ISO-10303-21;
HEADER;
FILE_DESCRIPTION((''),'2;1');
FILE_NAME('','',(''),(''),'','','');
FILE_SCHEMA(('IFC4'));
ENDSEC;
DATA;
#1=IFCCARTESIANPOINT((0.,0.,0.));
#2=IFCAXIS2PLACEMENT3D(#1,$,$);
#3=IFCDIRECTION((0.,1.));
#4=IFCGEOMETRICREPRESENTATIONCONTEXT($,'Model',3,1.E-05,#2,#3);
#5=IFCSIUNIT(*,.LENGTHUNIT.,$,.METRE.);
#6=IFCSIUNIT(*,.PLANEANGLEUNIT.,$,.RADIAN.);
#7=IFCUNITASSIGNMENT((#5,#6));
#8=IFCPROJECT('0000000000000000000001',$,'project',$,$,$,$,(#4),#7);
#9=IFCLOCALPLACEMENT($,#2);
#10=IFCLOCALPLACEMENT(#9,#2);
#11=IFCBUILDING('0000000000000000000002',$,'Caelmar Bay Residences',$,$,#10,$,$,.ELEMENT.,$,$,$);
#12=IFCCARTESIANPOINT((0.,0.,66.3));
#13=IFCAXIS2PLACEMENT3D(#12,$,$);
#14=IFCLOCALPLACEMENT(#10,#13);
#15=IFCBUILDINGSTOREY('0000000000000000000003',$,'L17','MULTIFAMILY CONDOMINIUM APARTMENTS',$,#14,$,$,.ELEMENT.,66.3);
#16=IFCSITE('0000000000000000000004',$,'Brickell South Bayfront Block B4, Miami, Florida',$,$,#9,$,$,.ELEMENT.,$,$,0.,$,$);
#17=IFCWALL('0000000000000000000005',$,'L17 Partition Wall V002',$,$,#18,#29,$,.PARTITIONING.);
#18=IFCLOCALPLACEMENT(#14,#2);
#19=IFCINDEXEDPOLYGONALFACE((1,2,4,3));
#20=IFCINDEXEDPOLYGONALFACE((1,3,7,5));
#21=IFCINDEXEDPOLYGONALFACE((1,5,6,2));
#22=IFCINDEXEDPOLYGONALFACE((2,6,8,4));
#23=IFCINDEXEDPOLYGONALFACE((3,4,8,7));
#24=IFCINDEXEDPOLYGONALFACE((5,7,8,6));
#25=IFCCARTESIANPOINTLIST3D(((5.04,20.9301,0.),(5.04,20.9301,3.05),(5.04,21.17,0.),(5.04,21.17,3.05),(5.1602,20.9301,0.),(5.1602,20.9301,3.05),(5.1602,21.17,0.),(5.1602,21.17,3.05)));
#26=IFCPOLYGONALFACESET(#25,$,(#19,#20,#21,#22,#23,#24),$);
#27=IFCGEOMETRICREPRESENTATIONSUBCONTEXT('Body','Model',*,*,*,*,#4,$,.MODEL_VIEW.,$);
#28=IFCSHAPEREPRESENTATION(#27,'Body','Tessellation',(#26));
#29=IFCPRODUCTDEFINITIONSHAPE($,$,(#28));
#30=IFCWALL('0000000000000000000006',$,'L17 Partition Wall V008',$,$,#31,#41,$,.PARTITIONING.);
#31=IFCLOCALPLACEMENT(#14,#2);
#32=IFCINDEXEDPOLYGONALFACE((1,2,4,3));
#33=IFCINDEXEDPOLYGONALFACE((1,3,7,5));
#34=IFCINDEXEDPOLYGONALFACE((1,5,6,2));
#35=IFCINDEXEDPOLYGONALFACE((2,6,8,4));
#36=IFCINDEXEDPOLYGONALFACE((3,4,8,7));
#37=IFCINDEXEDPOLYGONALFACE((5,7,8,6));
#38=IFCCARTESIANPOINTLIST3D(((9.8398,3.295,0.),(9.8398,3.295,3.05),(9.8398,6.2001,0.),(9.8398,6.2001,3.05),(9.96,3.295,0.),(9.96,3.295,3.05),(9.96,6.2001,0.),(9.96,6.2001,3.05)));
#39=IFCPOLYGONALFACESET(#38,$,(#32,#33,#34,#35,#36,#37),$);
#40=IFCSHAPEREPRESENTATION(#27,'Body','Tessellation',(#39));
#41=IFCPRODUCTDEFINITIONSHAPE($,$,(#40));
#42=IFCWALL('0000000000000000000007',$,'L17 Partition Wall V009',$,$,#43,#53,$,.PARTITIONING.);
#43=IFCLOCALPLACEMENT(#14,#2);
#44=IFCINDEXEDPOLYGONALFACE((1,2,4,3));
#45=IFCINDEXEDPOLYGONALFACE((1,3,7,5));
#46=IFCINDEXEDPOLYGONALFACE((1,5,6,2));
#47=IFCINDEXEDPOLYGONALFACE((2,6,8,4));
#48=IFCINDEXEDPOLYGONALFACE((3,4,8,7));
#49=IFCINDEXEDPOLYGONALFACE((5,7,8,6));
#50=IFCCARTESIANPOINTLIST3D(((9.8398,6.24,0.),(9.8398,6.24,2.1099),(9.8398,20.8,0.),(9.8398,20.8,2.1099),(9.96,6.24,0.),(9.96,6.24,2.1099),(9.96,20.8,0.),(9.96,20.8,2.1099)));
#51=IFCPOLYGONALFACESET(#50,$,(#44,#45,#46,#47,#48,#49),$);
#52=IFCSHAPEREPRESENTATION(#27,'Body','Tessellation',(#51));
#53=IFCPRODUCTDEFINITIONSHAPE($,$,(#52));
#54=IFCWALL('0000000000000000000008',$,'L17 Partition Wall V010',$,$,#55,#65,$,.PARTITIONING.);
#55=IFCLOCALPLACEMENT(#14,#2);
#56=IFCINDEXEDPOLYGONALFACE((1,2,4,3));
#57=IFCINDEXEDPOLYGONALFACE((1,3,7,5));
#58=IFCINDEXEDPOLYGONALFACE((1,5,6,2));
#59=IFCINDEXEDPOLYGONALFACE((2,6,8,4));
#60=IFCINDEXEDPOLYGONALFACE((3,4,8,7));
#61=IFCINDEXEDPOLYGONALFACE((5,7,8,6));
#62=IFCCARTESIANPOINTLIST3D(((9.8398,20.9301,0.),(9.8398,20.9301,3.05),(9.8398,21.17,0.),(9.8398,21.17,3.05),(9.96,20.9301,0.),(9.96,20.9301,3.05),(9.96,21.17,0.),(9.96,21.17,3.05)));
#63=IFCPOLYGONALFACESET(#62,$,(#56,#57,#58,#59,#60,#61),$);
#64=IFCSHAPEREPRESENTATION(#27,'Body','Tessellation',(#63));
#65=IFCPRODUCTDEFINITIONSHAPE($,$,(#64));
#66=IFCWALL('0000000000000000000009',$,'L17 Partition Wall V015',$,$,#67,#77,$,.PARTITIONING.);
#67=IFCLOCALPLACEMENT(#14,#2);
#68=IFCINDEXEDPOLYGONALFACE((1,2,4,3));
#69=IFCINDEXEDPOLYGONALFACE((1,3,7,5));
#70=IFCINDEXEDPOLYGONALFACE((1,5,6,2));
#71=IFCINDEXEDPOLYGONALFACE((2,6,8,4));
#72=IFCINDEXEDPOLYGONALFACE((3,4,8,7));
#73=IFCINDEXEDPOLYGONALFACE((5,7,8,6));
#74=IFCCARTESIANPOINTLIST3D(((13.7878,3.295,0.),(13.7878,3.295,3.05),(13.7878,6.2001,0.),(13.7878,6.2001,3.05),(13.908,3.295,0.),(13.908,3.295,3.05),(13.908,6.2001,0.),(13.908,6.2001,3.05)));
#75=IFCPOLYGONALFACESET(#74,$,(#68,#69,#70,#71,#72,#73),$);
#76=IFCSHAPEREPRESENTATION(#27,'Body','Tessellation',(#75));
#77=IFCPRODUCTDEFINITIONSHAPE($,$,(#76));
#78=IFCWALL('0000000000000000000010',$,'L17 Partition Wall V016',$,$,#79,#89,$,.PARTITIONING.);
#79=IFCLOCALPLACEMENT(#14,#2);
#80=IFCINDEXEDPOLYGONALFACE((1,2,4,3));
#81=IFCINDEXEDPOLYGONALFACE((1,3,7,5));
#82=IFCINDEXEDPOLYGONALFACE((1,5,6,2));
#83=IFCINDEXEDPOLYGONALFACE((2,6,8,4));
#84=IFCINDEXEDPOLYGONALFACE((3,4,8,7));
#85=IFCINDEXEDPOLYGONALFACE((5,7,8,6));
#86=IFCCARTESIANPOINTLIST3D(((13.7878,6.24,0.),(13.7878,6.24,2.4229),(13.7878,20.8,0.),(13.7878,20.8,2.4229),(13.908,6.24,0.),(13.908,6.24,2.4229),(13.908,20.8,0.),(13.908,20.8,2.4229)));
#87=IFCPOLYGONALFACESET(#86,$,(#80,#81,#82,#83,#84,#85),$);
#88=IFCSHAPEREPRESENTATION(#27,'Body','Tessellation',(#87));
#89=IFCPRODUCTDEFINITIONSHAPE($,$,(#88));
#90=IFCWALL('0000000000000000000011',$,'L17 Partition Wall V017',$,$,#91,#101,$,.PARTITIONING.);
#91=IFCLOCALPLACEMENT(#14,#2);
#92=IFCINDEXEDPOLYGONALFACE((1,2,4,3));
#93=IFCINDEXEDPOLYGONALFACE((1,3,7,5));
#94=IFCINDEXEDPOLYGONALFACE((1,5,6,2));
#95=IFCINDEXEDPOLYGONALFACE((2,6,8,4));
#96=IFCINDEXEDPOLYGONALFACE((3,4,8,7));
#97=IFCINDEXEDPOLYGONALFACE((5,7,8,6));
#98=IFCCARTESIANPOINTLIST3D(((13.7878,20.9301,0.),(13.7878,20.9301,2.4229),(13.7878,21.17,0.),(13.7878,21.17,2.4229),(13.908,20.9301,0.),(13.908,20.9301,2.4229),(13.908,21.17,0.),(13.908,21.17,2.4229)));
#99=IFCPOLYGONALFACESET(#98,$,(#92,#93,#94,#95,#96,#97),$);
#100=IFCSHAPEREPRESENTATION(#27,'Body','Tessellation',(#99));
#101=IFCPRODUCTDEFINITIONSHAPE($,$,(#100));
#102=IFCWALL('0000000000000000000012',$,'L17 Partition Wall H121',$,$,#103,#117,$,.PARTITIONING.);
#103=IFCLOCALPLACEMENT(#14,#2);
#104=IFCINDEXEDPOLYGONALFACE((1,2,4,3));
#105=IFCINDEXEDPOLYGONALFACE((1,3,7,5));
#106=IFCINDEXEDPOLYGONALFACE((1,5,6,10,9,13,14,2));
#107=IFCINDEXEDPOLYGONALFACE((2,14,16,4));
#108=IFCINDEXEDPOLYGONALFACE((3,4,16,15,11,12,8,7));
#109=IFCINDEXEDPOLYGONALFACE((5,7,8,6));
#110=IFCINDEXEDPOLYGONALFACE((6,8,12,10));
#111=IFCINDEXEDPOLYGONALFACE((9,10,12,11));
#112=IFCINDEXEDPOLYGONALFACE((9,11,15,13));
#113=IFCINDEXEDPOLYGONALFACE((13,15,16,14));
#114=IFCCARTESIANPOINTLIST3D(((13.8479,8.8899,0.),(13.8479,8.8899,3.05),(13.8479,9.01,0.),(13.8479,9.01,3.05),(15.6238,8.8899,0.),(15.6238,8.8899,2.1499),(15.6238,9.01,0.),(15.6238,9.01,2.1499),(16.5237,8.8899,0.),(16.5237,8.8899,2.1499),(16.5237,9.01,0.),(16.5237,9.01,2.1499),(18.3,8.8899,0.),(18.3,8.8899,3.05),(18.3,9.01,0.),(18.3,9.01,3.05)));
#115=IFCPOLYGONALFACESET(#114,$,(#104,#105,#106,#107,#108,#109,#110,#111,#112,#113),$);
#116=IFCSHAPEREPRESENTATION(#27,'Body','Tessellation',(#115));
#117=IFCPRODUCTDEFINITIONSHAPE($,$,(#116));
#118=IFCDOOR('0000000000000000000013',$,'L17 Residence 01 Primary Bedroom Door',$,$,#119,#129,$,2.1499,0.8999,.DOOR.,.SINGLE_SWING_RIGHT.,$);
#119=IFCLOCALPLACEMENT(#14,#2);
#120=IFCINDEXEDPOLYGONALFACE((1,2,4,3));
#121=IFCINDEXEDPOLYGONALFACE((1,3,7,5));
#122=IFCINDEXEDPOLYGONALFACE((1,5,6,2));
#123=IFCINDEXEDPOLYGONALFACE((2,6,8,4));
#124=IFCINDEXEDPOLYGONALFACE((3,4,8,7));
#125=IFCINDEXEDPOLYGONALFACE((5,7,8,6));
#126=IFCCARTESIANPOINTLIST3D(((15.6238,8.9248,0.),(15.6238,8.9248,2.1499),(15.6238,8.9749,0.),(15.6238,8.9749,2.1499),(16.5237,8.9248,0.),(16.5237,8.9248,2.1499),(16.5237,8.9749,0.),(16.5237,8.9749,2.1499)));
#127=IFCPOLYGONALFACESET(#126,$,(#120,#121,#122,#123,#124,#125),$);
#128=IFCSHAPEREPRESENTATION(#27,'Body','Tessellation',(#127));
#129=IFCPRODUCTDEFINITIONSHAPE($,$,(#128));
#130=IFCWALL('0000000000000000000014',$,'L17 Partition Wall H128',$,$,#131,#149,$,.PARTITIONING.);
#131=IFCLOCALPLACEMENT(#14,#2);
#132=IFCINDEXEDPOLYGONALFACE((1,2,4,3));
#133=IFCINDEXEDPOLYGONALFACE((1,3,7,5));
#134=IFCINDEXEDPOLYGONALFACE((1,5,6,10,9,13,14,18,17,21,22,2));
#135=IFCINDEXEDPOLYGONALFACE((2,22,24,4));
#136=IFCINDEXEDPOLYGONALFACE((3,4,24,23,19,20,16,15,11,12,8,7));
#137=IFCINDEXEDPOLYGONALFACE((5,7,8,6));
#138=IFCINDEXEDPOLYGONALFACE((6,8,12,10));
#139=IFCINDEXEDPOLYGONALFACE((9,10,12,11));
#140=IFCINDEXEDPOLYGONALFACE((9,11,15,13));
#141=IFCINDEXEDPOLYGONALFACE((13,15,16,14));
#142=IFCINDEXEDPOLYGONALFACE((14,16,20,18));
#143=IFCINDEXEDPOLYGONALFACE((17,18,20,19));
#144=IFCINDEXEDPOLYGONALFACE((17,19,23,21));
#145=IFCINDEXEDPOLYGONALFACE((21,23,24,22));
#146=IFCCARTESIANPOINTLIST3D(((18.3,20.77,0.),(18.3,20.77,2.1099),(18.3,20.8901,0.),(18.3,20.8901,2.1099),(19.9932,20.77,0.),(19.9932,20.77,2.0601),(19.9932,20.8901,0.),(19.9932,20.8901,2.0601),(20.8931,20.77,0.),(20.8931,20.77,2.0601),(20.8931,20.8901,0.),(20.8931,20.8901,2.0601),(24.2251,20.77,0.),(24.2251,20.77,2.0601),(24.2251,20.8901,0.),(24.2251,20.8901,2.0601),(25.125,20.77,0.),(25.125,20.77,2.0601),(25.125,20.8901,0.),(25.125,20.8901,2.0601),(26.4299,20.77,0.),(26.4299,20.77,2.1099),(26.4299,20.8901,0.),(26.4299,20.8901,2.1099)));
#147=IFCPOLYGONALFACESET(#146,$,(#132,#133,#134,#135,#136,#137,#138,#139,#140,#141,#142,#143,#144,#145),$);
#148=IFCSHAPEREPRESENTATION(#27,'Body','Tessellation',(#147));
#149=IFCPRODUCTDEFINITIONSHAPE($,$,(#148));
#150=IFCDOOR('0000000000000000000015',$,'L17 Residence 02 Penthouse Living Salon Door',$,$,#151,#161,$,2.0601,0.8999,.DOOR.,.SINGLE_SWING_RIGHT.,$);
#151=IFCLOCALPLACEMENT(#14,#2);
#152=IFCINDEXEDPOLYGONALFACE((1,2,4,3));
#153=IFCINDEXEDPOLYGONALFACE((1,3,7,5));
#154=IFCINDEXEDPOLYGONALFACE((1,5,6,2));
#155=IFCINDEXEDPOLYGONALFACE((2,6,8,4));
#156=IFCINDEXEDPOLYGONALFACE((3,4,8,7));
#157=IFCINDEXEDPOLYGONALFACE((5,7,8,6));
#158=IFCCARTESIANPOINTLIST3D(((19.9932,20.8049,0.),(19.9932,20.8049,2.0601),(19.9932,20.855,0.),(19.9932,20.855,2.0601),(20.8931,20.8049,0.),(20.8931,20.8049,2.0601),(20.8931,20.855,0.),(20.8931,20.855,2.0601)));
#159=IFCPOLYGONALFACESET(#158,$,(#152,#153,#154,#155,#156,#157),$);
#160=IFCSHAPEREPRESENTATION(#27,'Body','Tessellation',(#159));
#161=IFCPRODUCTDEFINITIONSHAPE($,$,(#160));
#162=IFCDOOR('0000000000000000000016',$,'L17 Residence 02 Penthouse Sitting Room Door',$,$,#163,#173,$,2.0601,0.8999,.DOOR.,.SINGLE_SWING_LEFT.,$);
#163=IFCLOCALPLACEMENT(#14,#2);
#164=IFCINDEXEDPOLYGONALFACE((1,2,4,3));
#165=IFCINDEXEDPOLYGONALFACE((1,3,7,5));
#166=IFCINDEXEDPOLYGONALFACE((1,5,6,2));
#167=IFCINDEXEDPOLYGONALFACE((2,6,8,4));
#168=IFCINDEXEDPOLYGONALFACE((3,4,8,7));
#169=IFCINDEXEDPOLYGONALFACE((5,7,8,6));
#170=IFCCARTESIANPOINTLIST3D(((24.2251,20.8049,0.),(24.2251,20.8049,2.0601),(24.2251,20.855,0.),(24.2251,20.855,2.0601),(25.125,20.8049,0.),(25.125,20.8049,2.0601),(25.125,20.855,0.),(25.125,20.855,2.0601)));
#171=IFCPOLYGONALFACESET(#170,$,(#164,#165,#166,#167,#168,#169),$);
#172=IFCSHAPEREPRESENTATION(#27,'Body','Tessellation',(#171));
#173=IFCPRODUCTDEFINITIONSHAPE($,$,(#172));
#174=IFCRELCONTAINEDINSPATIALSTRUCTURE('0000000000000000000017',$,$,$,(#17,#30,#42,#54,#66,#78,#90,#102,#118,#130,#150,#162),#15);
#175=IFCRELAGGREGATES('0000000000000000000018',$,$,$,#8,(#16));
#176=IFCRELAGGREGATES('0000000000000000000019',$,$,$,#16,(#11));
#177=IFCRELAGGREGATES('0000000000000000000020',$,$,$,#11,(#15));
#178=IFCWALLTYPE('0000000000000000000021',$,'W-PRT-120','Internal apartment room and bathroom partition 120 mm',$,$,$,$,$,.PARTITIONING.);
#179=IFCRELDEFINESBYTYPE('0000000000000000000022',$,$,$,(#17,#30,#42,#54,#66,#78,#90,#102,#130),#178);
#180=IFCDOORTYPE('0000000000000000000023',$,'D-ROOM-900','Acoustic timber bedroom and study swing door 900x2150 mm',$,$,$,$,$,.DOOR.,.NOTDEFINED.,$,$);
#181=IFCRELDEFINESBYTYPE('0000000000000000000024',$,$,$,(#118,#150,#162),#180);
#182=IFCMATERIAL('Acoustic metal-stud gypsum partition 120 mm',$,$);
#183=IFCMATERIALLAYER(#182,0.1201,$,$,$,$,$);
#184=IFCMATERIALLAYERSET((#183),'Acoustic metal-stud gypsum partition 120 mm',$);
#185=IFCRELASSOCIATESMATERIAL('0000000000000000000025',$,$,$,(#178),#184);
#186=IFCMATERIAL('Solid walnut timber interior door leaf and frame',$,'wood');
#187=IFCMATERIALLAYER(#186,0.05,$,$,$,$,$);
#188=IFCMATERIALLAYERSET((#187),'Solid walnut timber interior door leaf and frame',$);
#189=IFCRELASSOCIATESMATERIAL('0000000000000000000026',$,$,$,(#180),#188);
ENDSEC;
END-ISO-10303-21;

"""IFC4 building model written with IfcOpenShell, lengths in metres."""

from ifc_helpers import new_model, si_unit, direction, frame, frame_2d, origin, place, context, subcontext, project, spatial, rectangle, extrude, material, layer, layer_set, type_object, element, fill, save


model = new_model("IFC4")

# Units and contexts
model_context = context("Model", 3, precision=1e-05, world=origin(), true_north=direction((0.0, 1.0)))
body_context = subcontext(model_context, "Body", "Model", "MODEL_VIEW")
ifc_project = project(units=[si_unit("LENGTHUNIT", "METRE"), si_unit("PLANEANGLEUNIT", "RADIAN")], contexts=[model_context])

# Site, building, storey
site_placement = place(None, origin())
site = spatial("IfcSite", under=ifc_project, at=site_placement, Name="Brickell South Bayfront Block B4, Miami, Florida", CompositionType="ELEMENT", RefElevation=0.0)
building_placement = place(site_placement, origin())
building = spatial("IfcBuilding", under=site, at=building_placement, Name="Caelmar Bay Residences", CompositionType="ELEMENT")
storey_placement = place(building_placement, frame((0.0, 0.0, 66.3)))
storey = spatial("IfcBuildingStorey", under=building, at=storey_placement, Name="L17", Description="MULTIFAMILY CONDOMINIUM APARTMENTS", CompositionType="ELEMENT", Elevation=66.3)

# Shared definitions
ifc_material_1 = material(Name="Acoustic metal-stud gypsum partition 120 mm")
ifc_layer_1 = layer(ifc_material_1, 0.1201)
ifc_layer_set_1 = layer_set([ifc_layer_1], Name="Acoustic metal-stud gypsum partition 120 mm")
wall_type_1 = type_object("IfcWallType", Name="W-PRT-120", Description="Internal apartment room and bathroom partition 120 mm", PredefinedType="PARTITIONING", material=ifc_layer_set_1)
ifc_material_2 = material(Name="Solid walnut timber interior door leaf and frame", Category="wood")
ifc_layer_2 = layer(ifc_material_2, 0.05)
ifc_layer_set_2 = layer_set([ifc_layer_2], Name="Solid walnut timber interior door leaf and frame")
door_type = type_object("IfcDoorType", Name="D-ROOM-900", Description="Acoustic timber bedroom and study swing door 900x2150 mm", OperationType="NOTDEFINED", PredefinedType="DOOR", material=ifc_layer_set_2)

# Walls
wall_1_placement = place(storey_placement, frame((5.1001, 20.9299, 0.0), z_axis=(0.0, 0.0, 1.0), x_axis=(0.0, 1.0, 0.0)))
element("IfcWall", 1, at=wall_1_placement, inside=storey, type_object=wall_type_1, Name="L17 Partition Wall V002", PredefinedType="PARTITIONING", context=body_context, shape_type="SweptSolid", body=[
    extrude(rectangle(XDim=0.24, YDim=0.1201, at=frame_2d((0.1201, 0.0))), origin(), (0.0, 0.0, 1.0), 3.05),
])
wall_2_placement = place(storey_placement, frame((9.8999, 3.2949, 0.0), z_axis=(0.0, 0.0, 1.0), x_axis=(0.0, 1.0, 0.0)))
element("IfcWall", 2, at=wall_2_placement, inside=storey, type_object=wall_type_1, Name="L17 Partition Wall V008", PredefinedType="PARTITIONING", context=body_context, shape_type="SweptSolid", body=[
    extrude(rectangle(XDim=2.905, YDim=0.1201, at=frame_2d((1.4526, 0.0))), origin(), (0.0, 0.0, 1.0), 3.05),
])
wall_3_placement = place(storey_placement, frame((9.8999, 6.24, 0.0), z_axis=(0.0, 0.0, 1.0), x_axis=(0.0, 1.0, 0.0)))
element("IfcWall", 3, at=wall_3_placement, inside=storey, type_object=wall_type_1, Name="L17 Partition Wall V009", PredefinedType="PARTITIONING", context=body_context, shape_type="SweptSolid", body=[
    extrude(rectangle(XDim=14.5601, YDim=0.1201, at=frame_2d((7.28, 0.0))), origin(), (0.0, 0.0, 1.0), 2.1099),
])
wall_4_placement = place(storey_placement, frame((9.8999, 20.9299, 0.0), z_axis=(0.0, 0.0, 1.0), x_axis=(0.0, 1.0, 0.0)))
element("IfcWall", 4, at=wall_4_placement, inside=storey, type_object=wall_type_1, Name="L17 Partition Wall V010", PredefinedType="PARTITIONING", context=body_context, shape_type="SweptSolid", body=[
    extrude(rectangle(XDim=0.24, YDim=0.1201, at=frame_2d((0.1201, 0.0))), origin(), (0.0, 0.0, 1.0), 3.05),
])
wall_5_placement = place(storey_placement, frame((13.8479, 3.2949, 0.0), z_axis=(0.0, 0.0, 1.0), x_axis=(0.0, 1.0, 0.0)))
element("IfcWall", 5, at=wall_5_placement, inside=storey, type_object=wall_type_1, Name="L17 Partition Wall V015", PredefinedType="PARTITIONING", context=body_context, shape_type="SweptSolid", body=[
    extrude(rectangle(XDim=2.905, YDim=0.1201, at=frame_2d((1.4526, 0.0))), origin(), (0.0, 0.0, 1.0), 3.05),
])
wall_6_placement = place(storey_placement, frame((13.8479, 6.24, 0.0), z_axis=(0.0, 0.0, 1.0), x_axis=(0.0, 1.0, 0.0)))
element("IfcWall", 6, at=wall_6_placement, inside=storey, type_object=wall_type_1, Name="L17 Partition Wall V016", PredefinedType="PARTITIONING", context=body_context, shape_type="SweptSolid", body=[
    extrude(rectangle(XDim=14.5601, YDim=0.1201, at=frame_2d((7.28, 0.0))), origin(), (0.0, 0.0, 1.0), 2.4229),
])
wall_7_placement = place(storey_placement, frame((13.8479, 20.9299, 0.0), z_axis=(0.0, 0.0, 1.0), x_axis=(0.0, 1.0, 0.0)))
element("IfcWall", 7, at=wall_7_placement, inside=storey, type_object=wall_type_1, Name="L17 Partition Wall V017", PredefinedType="PARTITIONING", context=body_context, shape_type="SweptSolid", body=[
    extrude(rectangle(XDim=0.24, YDim=0.1201, at=frame_2d((0.1201, 0.0))), origin(), (0.0, 0.0, 1.0), 2.4229),
])

# Wall, opening, door
wall_8_placement = place(storey_placement, frame((13.8479, 8.95, 0.0), z_axis=(0.0, 0.0, 1.0), x_axis=(1.0, 0.0, 0.0)))
wall_8 = element("IfcWall", 8, at=wall_8_placement, inside=storey, type_object=wall_type_1, Name="L17 Partition Wall H121", PredefinedType="PARTITIONING", context=body_context, shape_type="SweptSolid", body=[
    extrude(rectangle(XDim=4.4521, YDim=0.1201, at=frame_2d((2.2261, 0.0))), origin(), (0.0, 0.0, 1.0), 3.05),
])
opening_1_placement = place(wall_8_placement, frame((1.7759, 0.0, 0.0)))
opening_1 = element("IfcOpeningElement", 9, at=opening_1_placement, cuts=wall_8, PredefinedType="OPENING", context=body_context, shape_type="SweptSolid", body=[
    extrude(rectangle(XDim=0.8999, YDim=2.1499, at=frame_2d((0.45, 1.075))), frame((0.0, 0.0701, 0.0), z_axis=(0.0, -1.0, 0.0), x_axis=(1.0, 0.0, 0.0)), (0.0, 0.0, 1.0), 0.1401),
])
door_1_placement = place(opening_1_placement, origin())
door_1 = element("IfcDoor", 10, at=door_1_placement, inside=storey, type_object=door_type, Name="L17 Residence 01 Primary Bedroom Door", OperationType="SINGLE_SWING_RIGHT", OverallHeight=2.1499, OverallWidth=0.8999, PredefinedType="DOOR", context=body_context, shape_type="SweptSolid", body=[
    extrude(rectangle(XDim=0.8999, YDim=2.1499, at=frame_2d((0.45, 1.075))), frame((0.0, 0.0249, 0.0), z_axis=(0.0, -1.0, 0.0), x_axis=(1.0, 0.0, 0.0)), (0.0, 0.0, 1.0), 0.05),
])
fill(opening_1, door_1)

# Wall, openings, doors
wall_9_placement = place(storey_placement, frame((18.3, 20.8301, 0.0), z_axis=(0.0, 0.0, 1.0), x_axis=(1.0, 0.0, 0.0)))
wall_9 = element("IfcWall", 11, at=wall_9_placement, inside=storey, type_object=wall_type_1, Name="L17 Partition Wall H128", PredefinedType="PARTITIONING", context=body_context, shape_type="SweptSolid", body=[
    extrude(rectangle(XDim=8.1299, YDim=0.1201, at=frame_2d((4.0649, 0.0))), origin(), (0.0, 0.0, 1.0), 2.1099),
])
opening_2_placement = place(wall_9_placement, frame((1.6931, 0.0, 0.0)))
opening_2 = element("IfcOpeningElement", 12, at=opening_2_placement, cuts=wall_9, PredefinedType="OPENING", context=body_context, shape_type="SweptSolid", body=[
    extrude(rectangle(XDim=0.8999, YDim=2.0601, at=frame_2d((0.45, 1.03))), frame((0.0, 0.0701, 0.0), z_axis=(0.0, -1.0, 0.0), x_axis=(1.0, 0.0, 0.0)), (0.0, 0.0, 1.0), 0.1401),
])
opening_3_placement = place(wall_9_placement, frame((5.925, 0.0, 0.0)))
opening_3 = element("IfcOpeningElement", 13, at=opening_3_placement, cuts=wall_9, PredefinedType="OPENING", context=body_context, shape_type="SweptSolid", body=[
    extrude(rectangle(XDim=0.8999, YDim=2.0601, at=frame_2d((0.45, 1.03))), frame((0.0, 0.0701, 0.0), z_axis=(0.0, -1.0, 0.0), x_axis=(1.0, 0.0, 0.0)), (0.0, 0.0, 1.0), 0.1401),
])
door_2_placement = place(opening_2_placement, origin())
door_2 = element("IfcDoor", 14, at=door_2_placement, inside=storey, type_object=door_type, Name="L17 Residence 02 Penthouse Living Salon Door", OperationType="SINGLE_SWING_RIGHT", OverallHeight=2.0601, OverallWidth=0.8999, PredefinedType="DOOR", context=body_context, shape_type="SweptSolid", body=[
    extrude(rectangle(XDim=0.8999, YDim=2.0601, at=frame_2d((0.45, 1.03))), frame((0.0, 0.0249, 0.0), z_axis=(0.0, -1.0, 0.0), x_axis=(1.0, 0.0, 0.0)), (0.0, 0.0, 1.0), 0.05),
])
fill(opening_2, door_2)
door_3_placement = place(opening_3_placement, origin())
door_3 = element("IfcDoor", 15, at=door_3_placement, inside=storey, type_object=door_type, Name="L17 Residence 02 Penthouse Sitting Room Door", OperationType="SINGLE_SWING_LEFT", OverallHeight=2.0601, OverallWidth=0.8999, PredefinedType="DOOR", context=body_context, shape_type="SweptSolid", body=[
    extrude(rectangle(XDim=0.8999, YDim=2.0601, at=frame_2d((0.45, 1.03))), frame((0.0, 0.0249, 0.0), z_axis=(0.0, -1.0, 0.0), x_axis=(1.0, 0.0, 0.0)), (0.0, 0.0, 1.0), 0.05),
])
fill(opening_3, door_3)

save(model, "model.ifc")
